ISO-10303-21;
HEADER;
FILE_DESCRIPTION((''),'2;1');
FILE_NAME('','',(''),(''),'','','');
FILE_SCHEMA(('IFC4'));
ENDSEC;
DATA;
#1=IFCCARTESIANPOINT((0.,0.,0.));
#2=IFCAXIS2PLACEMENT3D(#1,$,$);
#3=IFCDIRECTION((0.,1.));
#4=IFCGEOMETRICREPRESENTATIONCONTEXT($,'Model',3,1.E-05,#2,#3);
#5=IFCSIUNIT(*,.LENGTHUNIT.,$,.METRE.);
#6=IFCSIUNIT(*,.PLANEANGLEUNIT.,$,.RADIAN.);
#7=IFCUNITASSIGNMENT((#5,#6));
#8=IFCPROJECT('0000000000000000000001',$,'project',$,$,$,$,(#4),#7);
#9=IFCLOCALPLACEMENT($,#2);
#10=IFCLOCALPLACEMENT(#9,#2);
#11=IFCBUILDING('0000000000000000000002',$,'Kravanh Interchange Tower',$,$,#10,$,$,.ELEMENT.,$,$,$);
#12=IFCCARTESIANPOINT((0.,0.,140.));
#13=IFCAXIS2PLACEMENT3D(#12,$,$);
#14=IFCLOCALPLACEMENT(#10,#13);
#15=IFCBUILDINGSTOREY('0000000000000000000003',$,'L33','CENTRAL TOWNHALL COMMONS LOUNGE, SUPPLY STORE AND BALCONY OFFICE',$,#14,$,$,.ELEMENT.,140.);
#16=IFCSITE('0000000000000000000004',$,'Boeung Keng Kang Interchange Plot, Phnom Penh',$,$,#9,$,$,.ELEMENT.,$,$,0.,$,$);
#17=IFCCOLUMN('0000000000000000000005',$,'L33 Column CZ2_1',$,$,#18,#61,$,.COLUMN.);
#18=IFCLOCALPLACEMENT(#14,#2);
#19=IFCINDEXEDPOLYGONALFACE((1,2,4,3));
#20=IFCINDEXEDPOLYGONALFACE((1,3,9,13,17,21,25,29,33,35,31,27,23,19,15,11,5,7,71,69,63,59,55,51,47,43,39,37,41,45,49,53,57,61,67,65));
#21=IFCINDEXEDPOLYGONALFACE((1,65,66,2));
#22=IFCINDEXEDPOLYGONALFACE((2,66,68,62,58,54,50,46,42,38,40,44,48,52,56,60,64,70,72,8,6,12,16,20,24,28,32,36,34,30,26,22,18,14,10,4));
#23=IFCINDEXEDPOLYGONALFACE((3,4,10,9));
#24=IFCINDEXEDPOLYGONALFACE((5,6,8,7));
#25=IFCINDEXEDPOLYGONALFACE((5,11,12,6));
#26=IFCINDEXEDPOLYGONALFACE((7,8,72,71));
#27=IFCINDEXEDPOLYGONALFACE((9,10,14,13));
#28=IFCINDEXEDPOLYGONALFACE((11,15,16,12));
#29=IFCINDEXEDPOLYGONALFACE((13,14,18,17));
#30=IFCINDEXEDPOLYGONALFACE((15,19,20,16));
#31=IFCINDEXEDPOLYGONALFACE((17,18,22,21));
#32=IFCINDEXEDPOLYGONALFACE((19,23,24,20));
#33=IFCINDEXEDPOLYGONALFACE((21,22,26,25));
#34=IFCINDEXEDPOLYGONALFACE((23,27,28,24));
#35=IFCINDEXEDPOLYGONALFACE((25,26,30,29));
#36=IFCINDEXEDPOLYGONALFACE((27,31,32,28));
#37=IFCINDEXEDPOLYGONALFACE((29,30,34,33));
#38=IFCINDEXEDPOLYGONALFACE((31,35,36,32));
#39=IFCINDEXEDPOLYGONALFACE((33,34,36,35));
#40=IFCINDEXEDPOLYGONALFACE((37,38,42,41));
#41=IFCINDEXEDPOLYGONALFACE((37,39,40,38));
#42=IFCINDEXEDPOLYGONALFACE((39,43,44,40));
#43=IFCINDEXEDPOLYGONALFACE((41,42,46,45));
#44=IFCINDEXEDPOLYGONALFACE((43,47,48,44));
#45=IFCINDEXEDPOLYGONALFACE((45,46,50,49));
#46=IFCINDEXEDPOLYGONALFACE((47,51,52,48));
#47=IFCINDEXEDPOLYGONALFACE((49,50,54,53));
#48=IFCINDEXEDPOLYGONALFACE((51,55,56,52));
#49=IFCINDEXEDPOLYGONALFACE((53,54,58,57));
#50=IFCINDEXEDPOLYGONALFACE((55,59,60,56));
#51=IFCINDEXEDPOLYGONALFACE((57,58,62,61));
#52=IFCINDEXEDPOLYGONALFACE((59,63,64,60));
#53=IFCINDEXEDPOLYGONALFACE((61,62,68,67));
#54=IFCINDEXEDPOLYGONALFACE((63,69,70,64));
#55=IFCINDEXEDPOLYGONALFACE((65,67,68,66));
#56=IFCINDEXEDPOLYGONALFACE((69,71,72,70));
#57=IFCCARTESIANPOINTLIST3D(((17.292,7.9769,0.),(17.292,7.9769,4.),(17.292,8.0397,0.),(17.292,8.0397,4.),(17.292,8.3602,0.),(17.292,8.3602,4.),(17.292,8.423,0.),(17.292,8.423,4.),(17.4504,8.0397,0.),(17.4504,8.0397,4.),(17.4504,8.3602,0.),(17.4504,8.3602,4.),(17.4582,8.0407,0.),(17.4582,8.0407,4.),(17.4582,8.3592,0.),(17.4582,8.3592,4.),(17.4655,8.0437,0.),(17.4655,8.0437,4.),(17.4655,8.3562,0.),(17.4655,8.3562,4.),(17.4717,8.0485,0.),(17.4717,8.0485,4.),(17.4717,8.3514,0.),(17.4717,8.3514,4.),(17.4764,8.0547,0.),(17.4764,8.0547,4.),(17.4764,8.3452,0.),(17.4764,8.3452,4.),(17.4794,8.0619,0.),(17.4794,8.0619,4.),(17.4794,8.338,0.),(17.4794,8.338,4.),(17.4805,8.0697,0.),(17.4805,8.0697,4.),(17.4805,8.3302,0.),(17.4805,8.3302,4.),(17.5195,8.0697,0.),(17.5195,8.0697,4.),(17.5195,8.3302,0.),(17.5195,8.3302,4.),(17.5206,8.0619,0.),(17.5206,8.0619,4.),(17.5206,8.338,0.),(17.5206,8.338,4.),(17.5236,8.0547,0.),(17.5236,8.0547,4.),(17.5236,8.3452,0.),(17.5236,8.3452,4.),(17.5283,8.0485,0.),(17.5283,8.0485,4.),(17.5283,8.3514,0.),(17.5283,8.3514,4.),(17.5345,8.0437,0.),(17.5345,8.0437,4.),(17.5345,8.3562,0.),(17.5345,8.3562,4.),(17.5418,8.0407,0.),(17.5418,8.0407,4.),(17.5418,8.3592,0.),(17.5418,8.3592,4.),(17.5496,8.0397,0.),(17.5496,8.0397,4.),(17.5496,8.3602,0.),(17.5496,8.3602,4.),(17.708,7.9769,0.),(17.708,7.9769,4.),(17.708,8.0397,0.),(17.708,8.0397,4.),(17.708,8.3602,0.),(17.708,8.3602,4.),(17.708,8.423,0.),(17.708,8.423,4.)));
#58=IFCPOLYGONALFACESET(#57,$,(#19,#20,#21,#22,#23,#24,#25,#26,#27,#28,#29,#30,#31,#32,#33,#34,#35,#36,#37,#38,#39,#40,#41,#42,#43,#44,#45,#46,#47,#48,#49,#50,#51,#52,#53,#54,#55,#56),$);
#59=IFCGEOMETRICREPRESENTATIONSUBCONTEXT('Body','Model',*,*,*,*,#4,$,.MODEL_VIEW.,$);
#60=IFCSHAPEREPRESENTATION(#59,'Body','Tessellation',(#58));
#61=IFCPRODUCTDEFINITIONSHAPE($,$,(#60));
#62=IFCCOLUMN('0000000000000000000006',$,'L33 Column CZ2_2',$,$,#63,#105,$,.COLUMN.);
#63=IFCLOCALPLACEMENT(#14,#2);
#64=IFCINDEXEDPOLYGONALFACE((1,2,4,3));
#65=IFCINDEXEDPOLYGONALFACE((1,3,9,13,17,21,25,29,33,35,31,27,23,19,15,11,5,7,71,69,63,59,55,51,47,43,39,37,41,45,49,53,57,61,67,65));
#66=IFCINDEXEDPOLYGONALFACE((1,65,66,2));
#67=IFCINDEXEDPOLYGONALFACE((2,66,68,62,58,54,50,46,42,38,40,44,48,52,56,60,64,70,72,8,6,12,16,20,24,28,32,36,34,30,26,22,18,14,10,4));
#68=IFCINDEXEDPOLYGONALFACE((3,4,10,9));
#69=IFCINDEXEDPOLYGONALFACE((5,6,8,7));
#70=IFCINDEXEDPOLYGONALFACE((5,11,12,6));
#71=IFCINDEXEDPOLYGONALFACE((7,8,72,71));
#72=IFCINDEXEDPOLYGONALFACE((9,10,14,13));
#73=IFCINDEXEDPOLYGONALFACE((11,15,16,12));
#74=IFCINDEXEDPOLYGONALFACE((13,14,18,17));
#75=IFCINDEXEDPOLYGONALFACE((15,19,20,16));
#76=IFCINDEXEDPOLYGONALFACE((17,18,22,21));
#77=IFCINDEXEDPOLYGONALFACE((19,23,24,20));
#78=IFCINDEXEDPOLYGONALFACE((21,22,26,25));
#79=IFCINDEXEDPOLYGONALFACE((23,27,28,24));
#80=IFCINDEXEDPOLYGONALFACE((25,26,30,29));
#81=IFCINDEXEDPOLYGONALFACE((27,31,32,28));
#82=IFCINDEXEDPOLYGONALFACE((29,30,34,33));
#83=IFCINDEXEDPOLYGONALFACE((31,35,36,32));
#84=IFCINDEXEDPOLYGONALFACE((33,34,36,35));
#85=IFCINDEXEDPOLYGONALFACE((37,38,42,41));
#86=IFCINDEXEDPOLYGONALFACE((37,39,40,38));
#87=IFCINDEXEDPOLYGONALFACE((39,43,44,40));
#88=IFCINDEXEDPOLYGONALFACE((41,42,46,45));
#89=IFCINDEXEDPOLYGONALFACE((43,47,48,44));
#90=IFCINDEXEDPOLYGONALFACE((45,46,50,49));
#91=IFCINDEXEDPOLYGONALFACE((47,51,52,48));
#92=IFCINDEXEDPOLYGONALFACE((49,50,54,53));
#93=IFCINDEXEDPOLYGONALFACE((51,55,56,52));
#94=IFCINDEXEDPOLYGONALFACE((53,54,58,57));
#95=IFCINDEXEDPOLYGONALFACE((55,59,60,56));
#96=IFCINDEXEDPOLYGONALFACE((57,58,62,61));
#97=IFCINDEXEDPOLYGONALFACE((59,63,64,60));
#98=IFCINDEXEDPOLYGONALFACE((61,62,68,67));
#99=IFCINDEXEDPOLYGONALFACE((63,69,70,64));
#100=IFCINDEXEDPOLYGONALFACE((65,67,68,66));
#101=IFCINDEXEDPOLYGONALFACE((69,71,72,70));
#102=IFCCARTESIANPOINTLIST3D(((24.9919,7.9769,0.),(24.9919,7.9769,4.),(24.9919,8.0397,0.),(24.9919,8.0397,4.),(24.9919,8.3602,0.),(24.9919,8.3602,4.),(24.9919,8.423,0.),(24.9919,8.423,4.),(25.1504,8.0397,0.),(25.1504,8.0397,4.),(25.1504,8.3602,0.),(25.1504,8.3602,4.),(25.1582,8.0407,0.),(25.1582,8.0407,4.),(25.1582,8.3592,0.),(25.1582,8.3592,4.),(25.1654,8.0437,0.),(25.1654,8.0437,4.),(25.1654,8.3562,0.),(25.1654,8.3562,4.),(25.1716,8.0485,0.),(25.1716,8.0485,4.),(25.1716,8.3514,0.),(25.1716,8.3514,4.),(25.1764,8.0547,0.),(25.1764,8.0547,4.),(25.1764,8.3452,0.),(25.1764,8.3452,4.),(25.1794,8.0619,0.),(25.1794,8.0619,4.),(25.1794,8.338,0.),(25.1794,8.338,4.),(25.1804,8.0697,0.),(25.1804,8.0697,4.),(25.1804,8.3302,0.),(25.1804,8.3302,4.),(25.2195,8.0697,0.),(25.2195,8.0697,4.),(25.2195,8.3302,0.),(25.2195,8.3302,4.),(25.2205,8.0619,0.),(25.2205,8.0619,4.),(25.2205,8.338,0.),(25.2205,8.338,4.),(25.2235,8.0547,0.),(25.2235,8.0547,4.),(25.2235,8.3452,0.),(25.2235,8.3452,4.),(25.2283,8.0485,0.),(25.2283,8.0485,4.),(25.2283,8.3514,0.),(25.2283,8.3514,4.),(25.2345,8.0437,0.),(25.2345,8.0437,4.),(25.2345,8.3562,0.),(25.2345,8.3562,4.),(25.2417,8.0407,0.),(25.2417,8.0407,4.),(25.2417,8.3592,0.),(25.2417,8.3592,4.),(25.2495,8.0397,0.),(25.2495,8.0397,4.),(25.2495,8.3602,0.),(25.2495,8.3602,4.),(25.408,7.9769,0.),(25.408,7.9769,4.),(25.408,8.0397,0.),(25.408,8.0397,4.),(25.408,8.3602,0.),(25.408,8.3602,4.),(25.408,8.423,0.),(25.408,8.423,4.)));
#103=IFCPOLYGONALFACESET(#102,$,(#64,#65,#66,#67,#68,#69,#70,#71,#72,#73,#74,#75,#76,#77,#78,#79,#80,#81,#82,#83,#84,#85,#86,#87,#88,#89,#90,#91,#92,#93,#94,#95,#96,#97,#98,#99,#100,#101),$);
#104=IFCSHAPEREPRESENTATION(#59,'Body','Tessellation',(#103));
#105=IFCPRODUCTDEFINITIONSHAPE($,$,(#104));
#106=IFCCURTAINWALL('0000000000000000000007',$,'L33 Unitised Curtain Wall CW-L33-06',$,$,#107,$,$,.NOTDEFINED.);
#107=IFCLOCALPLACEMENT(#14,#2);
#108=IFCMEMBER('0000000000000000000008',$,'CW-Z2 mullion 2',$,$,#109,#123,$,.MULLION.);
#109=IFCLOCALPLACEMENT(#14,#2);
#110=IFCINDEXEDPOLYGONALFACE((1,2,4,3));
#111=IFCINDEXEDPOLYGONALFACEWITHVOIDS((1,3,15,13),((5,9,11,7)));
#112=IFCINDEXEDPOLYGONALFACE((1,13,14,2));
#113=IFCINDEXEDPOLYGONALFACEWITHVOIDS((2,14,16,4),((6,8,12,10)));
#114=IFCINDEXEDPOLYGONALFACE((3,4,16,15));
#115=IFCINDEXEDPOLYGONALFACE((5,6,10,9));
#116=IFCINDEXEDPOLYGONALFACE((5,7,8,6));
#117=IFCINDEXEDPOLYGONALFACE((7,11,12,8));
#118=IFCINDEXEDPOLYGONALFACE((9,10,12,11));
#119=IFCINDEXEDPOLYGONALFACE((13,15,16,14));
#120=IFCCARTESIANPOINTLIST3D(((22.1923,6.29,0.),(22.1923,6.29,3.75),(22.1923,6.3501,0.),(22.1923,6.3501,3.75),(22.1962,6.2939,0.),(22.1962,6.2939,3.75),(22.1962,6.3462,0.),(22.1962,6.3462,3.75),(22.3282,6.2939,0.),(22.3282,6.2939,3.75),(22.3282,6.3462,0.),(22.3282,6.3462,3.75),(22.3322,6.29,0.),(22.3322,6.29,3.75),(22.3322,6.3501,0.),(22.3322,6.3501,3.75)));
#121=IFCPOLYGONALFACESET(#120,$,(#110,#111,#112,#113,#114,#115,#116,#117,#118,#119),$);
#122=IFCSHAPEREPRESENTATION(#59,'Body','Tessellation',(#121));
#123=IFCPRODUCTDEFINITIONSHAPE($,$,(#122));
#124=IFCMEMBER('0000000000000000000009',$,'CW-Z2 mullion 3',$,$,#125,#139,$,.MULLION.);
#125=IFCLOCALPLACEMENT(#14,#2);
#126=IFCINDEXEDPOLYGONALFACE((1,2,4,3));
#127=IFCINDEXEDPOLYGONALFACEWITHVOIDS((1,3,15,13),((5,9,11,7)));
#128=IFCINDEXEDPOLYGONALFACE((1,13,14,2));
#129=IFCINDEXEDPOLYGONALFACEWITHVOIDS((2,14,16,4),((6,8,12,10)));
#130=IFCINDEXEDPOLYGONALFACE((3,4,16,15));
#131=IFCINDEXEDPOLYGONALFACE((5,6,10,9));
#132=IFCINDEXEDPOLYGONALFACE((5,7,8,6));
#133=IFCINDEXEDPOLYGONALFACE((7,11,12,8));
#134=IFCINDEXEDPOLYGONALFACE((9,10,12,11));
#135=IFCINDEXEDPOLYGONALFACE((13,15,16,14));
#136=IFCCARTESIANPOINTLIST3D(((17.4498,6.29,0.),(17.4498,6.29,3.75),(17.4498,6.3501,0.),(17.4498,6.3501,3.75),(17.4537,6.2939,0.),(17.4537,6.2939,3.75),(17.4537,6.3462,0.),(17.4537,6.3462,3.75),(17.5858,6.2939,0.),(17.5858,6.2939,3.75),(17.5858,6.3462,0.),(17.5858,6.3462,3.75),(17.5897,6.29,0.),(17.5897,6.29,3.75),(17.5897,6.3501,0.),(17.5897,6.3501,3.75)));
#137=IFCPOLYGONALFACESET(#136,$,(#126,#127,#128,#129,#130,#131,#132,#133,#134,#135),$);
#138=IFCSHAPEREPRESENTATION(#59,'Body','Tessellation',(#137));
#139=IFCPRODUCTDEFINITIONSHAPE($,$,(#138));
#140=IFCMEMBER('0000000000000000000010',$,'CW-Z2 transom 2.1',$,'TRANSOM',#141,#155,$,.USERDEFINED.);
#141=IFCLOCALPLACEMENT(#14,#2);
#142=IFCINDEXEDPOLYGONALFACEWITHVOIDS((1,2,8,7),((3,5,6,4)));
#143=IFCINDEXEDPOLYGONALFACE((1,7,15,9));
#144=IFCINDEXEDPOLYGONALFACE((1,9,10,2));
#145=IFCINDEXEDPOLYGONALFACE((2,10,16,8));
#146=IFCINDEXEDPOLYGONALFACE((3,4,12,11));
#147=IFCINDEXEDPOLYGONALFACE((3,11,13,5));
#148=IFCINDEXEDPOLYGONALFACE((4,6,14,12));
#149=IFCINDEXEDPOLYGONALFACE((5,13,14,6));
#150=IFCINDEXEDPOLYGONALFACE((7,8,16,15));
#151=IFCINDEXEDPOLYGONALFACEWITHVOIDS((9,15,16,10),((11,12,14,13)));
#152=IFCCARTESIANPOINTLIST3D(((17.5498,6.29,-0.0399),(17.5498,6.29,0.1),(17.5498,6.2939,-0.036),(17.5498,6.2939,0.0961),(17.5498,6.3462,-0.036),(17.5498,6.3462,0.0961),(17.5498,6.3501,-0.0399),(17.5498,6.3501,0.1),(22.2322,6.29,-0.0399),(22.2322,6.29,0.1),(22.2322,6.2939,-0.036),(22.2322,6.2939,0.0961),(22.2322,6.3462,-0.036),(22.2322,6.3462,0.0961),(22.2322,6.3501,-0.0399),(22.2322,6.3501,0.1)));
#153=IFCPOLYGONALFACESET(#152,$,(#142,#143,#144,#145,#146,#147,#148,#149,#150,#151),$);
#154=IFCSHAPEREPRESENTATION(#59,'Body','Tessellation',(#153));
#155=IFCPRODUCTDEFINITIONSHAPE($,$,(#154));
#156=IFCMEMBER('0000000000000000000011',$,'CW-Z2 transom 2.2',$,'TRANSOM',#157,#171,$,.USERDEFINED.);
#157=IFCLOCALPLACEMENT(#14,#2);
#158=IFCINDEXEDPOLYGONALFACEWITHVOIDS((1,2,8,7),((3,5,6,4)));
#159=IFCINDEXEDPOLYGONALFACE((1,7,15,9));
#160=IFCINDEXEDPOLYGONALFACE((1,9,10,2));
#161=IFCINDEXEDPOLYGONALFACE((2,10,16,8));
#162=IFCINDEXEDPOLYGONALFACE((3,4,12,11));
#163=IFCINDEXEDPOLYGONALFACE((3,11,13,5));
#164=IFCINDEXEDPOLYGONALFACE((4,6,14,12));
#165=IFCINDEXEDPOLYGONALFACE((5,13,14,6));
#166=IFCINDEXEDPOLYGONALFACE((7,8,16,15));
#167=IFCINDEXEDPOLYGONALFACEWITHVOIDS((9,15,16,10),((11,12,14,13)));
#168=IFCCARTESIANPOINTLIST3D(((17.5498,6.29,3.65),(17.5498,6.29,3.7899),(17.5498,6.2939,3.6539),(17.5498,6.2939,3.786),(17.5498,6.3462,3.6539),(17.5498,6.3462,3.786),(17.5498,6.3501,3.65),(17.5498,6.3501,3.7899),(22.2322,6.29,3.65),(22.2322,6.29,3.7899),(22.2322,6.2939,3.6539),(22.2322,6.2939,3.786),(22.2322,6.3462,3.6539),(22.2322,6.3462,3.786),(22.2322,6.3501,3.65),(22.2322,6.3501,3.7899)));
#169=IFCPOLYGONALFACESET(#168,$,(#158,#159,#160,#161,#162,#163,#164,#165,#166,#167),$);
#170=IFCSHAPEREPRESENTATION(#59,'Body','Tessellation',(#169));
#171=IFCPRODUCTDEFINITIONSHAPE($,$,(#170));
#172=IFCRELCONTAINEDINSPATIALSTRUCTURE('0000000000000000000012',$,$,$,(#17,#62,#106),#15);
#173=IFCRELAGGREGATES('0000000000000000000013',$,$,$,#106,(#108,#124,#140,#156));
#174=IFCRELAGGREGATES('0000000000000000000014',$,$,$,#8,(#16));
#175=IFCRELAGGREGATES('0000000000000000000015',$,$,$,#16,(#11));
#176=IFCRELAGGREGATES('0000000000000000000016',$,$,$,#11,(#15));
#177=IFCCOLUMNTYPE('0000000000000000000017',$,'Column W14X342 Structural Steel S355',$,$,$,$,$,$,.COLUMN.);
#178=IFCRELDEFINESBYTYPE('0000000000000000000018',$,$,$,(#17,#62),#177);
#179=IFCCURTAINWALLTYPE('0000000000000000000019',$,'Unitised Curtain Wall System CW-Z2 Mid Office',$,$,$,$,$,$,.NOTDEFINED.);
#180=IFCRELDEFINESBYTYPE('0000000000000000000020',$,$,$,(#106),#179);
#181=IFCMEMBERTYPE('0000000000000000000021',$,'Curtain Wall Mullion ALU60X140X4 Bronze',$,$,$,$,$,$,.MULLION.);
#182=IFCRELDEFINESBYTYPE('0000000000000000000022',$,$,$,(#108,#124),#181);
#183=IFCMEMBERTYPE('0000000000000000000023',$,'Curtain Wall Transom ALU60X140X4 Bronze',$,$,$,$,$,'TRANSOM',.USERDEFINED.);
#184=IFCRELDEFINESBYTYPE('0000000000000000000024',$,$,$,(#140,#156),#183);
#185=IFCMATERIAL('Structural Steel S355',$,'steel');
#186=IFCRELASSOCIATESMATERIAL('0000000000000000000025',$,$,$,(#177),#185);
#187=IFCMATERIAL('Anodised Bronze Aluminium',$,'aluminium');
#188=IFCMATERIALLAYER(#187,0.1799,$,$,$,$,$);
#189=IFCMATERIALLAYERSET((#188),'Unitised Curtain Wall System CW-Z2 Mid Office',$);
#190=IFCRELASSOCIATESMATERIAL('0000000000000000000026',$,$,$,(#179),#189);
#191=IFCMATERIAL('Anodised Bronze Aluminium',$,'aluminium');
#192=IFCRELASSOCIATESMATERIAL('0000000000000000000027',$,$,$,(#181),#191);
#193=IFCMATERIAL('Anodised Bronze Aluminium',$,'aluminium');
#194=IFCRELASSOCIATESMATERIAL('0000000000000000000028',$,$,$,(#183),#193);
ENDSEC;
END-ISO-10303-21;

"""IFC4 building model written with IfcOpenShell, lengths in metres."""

from ifc_helpers import new_model, si_unit, direction, frame, origin, origin_2d, place, context, subcontext, project, spatial, hollow_rectangle, i_section, extrude, material, layer, layer_set, material_profile, profile_set, type_object, element, aggregate, save


model = new_model("IFC4")

# Units and contexts
model_context = context("Model", 3, precision=1e-05, world=origin(), true_north=direction((0.0, 1.0)))
body_context = subcontext(model_context, "Body", "Model", "MODEL_VIEW")
ifc_project = project(units=[si_unit("LENGTHUNIT", "METRE"), si_unit("PLANEANGLEUNIT", "RADIAN")], contexts=[model_context])

# Site, building, storey
site_placement = place(None, origin())
site = spatial("IfcSite", under=ifc_project, at=site_placement, Name="Boeung Keng Kang Interchange Plot, Phnom Penh", CompositionType="ELEMENT", RefElevation=0.0)
building_placement = place(site_placement, origin())
building = spatial("IfcBuilding", under=site, at=building_placement, Name="Kravanh Interchange Tower", CompositionType="ELEMENT")
storey_placement = place(building_placement, frame((0.0, 0.0, 140.0)))
storey = spatial("IfcBuildingStorey", under=building, at=storey_placement, Name="L33", Description="CENTRAL TOWNHALL COMMONS LOUNGE, SUPPLY STORE AND BALCONY OFFICE", CompositionType="ELEMENT", Elevation=140.0)

# Columns
ifc_material_1 = material(Name="Structural Steel S355", Category="steel")
ifc_material_profile_1 = material_profile(ifc_material_1, i_section(OverallWidth=0.416, OverallDepth=0.446, WebThickness=0.0391, FlangeThickness=0.0627, FilletRadius=0.03, at=origin_2d()), Name="W14X342")
ifc_profile_set_1 = profile_set([ifc_material_profile_1], Name="Structural Steel S355")
column_type = type_object("IfcColumnType", Name="Column W14X342 Structural Steel S355", PredefinedType="COLUMN", material=ifc_profile_set_1)
for number, where, z_axis, x_axis, name in (
    (1, (17.5, 8.2, 0.0), (0.0, 0.0, 1.0), (1.0, 0.0, 0.0), "L33 Column CZ2_1"),
    (2, (25.2, 8.2, 0.0), (0.0, 0.0, 1.0), (1.0, 0.0, 0.0), "L33 Column CZ2_2"),
):
    element("IfcColumn", number, at=place(storey_placement, frame(where, z_axis=z_axis, x_axis=x_axis)), inside=storey, type_object=column_type, Name=name, PredefinedType="COLUMN", context=body_context, shape_type="SweptSolid", body=[
        extrude(i_section(OverallWidth=0.416, OverallDepth=0.446, WebThickness=0.0391, FlangeThickness=0.0627, FilletRadius=0.03, at=origin_2d()), origin(), (0.0, 0.0, 1.0), 4.0),
    ])

# Curtain wall, members
ifc_material_2 = material(Name="Anodised Bronze Aluminium", Category="aluminium")
ifc_layer_1 = layer(ifc_material_2, 0.1799)
ifc_layer_set_1 = layer_set([ifc_layer_1], Name="Unitised Curtain Wall System CW-Z2 Mid Office")
curtain_wall_type = type_object("IfcCurtainWallType", Name="Unitised Curtain Wall System CW-Z2 Mid Office", PredefinedType="NOTDEFINED", material=ifc_layer_set_1)
curtain_wall_placement = place(storey_placement, origin())
curtain_wall = element("IfcCurtainWall", 3, at=curtain_wall_placement, inside=storey, type_object=curtain_wall_type, Name="L33 Unitised Curtain Wall CW-L33-06", PredefinedType="NOTDEFINED")
ifc_material_3 = material(Name="Anodised Bronze Aluminium", Category="aluminium")
ifc_material_profile_2 = material_profile(ifc_material_3, hollow_rectangle(XDim=0.0601, YDim=0.1399, WallThickness=0.0039, at=origin_2d()), Name="ALU60X140X4")
ifc_profile_set_2 = profile_set([ifc_material_profile_2], Name="Anodised Bronze Aluminium")
member_type_1 = type_object("IfcMemberType", Name="Curtain Wall Mullion ALU60X140X4 Bronze", PredefinedType="MULLION", material=ifc_profile_set_2)
member_1_placement = place(storey_placement, frame((22.2622, 6.3201, 0.0), z_axis=(0.0, 0.0, 1.0), x_axis=(0.0, -1.0, 0.0)))
member_1 = element("IfcMember", 4, at=member_1_placement, type_object=member_type_1, Name="CW-Z2 mullion 2", PredefinedType="MULLION", context=body_context, shape_type="SweptSolid", body=[
    extrude(hollow_rectangle(XDim=0.0601, YDim=0.1399, WallThickness=0.0039, at=origin_2d()), origin(), (0.0, 0.0, 1.0), 3.75),
])
member_2_placement = place(storey_placement, frame((17.5198, 6.3201, 0.0), z_axis=(0.0, 0.0, 1.0), x_axis=(0.0, -1.0, 0.0)))
member_2 = element("IfcMember", 5, at=member_2_placement, type_object=member_type_1, Name="CW-Z2 mullion 3", PredefinedType="MULLION", context=body_context, shape_type="SweptSolid", body=[
    extrude(hollow_rectangle(XDim=0.0601, YDim=0.1399, WallThickness=0.0039, at=origin_2d()), origin(), (0.0, 0.0, 1.0), 3.75),
])
ifc_material_4 = material(Name="Anodised Bronze Aluminium", Category="aluminium")
ifc_material_profile_3 = material_profile(ifc_material_4, hollow_rectangle(XDim=0.0601, YDim=0.1399, WallThickness=0.0039, at=origin_2d()), Name="ALU60X140X4")
ifc_profile_set_3 = profile_set([ifc_material_profile_3], Name="Anodised Bronze Aluminium")
member_type_2 = type_object("IfcMemberType", Name="Curtain Wall Transom ALU60X140X4 Bronze", ElementType="TRANSOM", PredefinedType="USERDEFINED", material=ifc_profile_set_3)
member_3_placement = place(storey_placement, frame((22.2322, 6.3201, 0.03), z_axis=(-1.0, 0.0, 0.0), x_axis=(0.0, -1.0, 0.0)))
member_3 = element("IfcMember", 6, at=member_3_placement, type_object=member_type_2, Name="CW-Z2 transom 2.1", ObjectType="TRANSOM", PredefinedType="USERDEFINED", context=body_context, shape_type="SweptSolid", body=[
    extrude(hollow_rectangle(XDim=0.0601, YDim=0.1399, WallThickness=0.0039, at=origin_2d()), origin(), (0.0, 0.0, 1.0), 4.6824),
])
member_4_placement = place(storey_placement, frame((22.2322, 6.3201, 3.72), z_axis=(-1.0, 0.0, 0.0), x_axis=(0.0, -1.0, 0.0)))
member_4 = element("IfcMember", 7, at=member_4_placement, type_object=member_type_2, Name="CW-Z2 transom 2.2", ObjectType="TRANSOM", PredefinedType="USERDEFINED", context=body_context, shape_type="SweptSolid", body=[
    extrude(hollow_rectangle(XDim=0.0601, YDim=0.1399, WallThickness=0.0039, at=origin_2d()), origin(), (0.0, 0.0, 1.0), 4.6824),
])

aggregate(curtain_wall, [member_1, member_2, member_3, member_4])

save(model, "model.ifc")
